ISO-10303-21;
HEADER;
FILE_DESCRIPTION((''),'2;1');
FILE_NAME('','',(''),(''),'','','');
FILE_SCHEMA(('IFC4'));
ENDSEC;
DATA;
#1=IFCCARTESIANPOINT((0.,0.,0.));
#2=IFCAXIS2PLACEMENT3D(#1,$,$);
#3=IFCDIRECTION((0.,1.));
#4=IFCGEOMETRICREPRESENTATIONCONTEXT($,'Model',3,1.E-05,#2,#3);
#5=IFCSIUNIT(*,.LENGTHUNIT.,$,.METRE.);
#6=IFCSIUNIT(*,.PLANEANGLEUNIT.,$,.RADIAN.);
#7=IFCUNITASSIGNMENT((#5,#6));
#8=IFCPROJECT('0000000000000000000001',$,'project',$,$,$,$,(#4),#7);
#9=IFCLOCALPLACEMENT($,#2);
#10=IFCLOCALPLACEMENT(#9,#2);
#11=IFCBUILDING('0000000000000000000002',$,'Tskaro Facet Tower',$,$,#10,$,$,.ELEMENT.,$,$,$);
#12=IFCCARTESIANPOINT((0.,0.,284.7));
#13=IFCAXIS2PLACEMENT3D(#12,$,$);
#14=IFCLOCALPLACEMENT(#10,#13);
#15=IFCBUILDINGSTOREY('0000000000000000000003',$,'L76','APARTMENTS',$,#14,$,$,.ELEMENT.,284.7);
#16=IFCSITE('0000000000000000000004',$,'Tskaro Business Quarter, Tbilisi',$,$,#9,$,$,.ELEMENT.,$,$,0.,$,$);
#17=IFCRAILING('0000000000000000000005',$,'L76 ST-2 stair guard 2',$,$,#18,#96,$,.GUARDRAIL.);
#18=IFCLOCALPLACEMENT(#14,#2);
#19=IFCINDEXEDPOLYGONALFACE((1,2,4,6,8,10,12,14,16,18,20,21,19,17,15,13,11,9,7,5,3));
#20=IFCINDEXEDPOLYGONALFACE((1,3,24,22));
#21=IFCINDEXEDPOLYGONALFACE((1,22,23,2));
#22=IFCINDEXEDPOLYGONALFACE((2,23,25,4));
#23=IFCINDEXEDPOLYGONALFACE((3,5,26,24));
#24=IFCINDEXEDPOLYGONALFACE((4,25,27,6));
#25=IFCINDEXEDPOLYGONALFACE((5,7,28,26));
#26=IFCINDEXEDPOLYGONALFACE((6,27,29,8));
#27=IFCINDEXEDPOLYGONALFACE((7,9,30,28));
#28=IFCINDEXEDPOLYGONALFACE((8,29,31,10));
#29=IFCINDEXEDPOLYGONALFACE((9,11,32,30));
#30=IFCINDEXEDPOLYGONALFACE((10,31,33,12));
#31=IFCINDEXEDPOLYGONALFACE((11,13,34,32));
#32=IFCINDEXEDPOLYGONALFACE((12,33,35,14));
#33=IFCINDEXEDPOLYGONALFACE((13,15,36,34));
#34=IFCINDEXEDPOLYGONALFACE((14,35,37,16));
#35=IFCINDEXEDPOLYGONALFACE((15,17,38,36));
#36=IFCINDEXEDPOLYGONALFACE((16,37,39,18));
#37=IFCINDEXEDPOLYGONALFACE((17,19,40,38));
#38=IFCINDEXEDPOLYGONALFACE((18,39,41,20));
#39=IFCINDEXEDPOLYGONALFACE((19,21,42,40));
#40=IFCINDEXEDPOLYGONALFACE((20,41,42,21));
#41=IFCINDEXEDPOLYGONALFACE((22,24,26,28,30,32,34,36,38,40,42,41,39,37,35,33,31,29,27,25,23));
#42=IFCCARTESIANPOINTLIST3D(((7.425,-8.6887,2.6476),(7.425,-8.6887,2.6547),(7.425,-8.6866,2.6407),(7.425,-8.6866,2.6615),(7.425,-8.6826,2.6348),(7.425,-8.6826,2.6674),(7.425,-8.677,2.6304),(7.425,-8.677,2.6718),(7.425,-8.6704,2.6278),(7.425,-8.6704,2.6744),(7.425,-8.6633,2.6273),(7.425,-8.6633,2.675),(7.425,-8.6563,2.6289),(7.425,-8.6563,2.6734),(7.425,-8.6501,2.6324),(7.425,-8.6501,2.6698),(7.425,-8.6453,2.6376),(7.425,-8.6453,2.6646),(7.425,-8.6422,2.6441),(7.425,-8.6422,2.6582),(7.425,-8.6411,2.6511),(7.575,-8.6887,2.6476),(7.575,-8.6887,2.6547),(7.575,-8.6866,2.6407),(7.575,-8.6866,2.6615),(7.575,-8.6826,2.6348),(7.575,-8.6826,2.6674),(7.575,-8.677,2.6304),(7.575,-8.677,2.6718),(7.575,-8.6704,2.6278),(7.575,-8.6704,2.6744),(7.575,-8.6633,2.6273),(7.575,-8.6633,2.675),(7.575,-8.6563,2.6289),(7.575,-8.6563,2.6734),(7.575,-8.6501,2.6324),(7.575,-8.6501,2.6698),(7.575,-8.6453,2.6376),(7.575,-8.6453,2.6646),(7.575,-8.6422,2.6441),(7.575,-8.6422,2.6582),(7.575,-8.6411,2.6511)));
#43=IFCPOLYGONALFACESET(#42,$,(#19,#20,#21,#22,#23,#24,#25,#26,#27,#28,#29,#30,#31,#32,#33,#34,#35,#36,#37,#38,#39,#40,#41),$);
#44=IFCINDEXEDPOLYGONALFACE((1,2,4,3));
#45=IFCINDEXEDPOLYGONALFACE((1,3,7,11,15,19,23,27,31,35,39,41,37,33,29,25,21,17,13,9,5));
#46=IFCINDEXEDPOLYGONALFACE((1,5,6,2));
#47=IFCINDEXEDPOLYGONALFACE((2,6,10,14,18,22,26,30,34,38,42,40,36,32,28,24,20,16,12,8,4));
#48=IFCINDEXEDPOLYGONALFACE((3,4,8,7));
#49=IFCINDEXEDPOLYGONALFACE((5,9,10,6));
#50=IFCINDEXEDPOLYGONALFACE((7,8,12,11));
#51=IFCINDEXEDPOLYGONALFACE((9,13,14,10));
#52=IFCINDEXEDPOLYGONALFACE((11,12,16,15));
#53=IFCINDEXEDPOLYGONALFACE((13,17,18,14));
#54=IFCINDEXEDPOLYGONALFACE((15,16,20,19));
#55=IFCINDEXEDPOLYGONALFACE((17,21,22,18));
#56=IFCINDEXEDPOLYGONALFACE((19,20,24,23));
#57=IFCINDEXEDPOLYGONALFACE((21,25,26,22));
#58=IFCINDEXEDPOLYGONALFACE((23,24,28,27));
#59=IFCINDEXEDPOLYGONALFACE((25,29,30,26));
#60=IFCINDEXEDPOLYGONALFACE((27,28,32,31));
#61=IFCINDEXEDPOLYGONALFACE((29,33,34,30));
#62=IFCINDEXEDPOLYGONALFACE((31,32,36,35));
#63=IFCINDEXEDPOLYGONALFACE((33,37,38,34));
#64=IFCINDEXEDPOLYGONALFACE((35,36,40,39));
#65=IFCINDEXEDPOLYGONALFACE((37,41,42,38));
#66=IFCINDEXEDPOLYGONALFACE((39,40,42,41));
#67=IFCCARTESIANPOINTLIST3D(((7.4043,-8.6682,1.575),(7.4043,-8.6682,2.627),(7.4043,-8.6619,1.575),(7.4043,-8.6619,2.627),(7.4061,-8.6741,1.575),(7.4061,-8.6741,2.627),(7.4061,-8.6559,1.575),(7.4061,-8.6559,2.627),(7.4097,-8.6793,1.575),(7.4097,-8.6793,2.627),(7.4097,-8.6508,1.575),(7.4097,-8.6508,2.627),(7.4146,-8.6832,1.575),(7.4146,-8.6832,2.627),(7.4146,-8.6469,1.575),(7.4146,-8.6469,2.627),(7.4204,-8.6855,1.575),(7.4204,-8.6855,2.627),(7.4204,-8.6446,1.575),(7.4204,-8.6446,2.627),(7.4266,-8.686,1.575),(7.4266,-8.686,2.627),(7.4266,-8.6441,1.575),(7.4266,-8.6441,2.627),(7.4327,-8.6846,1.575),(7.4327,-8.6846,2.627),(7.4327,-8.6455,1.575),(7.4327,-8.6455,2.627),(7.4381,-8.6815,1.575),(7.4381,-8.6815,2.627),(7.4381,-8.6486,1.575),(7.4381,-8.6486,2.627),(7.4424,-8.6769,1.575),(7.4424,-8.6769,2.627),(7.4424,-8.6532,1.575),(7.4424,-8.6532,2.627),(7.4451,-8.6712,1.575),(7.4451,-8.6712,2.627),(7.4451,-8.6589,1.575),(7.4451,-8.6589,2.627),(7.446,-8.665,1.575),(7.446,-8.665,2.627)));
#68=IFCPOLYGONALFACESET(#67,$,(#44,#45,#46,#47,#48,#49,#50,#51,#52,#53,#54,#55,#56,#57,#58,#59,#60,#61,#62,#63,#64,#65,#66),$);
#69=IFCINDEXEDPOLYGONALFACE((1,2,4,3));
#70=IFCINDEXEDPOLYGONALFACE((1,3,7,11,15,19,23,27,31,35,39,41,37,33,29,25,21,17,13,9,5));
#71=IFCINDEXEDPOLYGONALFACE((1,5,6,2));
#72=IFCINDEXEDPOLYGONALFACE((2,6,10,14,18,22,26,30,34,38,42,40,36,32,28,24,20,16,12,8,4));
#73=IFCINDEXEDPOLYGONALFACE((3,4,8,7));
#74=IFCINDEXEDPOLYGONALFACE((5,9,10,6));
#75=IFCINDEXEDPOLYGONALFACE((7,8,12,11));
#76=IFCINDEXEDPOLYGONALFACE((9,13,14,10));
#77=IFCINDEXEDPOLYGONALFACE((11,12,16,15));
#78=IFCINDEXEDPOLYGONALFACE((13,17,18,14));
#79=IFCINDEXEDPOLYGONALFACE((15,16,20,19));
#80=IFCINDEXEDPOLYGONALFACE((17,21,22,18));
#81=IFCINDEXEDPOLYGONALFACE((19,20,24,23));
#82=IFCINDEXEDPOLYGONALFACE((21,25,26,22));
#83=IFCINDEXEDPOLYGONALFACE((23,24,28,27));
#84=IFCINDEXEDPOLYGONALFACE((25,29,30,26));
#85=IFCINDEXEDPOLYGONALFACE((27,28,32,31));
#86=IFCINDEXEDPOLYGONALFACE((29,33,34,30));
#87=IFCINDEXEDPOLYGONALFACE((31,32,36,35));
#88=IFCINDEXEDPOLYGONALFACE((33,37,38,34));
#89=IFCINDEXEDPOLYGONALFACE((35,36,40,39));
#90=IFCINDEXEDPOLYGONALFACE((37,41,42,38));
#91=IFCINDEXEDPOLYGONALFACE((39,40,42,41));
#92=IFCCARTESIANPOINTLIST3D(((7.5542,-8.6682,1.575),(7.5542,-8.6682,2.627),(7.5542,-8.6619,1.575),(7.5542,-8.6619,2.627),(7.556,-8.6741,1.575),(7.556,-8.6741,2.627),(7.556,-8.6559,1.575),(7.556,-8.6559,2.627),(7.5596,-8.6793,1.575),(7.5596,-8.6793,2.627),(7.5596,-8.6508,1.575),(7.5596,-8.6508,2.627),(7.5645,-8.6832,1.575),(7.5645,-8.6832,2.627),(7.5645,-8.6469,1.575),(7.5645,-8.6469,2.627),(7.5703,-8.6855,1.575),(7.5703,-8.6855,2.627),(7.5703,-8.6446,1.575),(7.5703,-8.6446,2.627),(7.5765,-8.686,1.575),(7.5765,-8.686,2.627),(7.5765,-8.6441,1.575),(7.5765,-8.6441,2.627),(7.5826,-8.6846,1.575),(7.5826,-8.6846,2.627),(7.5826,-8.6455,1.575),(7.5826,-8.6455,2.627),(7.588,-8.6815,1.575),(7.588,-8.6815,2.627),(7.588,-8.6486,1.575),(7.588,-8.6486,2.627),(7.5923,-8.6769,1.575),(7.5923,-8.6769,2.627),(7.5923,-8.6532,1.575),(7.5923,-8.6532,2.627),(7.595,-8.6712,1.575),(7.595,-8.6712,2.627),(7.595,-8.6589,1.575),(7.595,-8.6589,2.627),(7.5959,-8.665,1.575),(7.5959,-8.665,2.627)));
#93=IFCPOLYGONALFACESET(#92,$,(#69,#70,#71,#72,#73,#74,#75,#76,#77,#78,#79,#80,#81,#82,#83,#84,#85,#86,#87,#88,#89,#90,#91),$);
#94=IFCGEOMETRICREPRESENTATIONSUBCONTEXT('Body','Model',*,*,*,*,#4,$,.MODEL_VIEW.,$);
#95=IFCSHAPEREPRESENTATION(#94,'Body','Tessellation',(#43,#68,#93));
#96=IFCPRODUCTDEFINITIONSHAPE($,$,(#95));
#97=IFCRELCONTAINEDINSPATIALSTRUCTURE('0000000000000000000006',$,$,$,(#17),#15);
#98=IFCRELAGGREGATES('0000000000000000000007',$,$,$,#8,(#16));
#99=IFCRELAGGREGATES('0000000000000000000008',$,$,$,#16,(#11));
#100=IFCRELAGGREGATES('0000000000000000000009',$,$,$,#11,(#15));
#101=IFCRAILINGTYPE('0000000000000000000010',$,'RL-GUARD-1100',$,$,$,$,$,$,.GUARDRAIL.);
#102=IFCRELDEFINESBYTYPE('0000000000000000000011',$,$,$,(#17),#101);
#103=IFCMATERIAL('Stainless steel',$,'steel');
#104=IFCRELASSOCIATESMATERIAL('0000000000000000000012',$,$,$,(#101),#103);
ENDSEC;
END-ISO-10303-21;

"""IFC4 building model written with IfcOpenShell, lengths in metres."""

from ifc_helpers import new_model, si_unit, direction, frame, origin, origin_2d, place, context, subcontext, project, spatial, circle, extrude, material, type_object, element, save


model = new_model("IFC4")

# Units and contexts
model_context = context("Model", 3, precision=1e-05, world=origin(), true_north=direction((0.0, 1.0)))
body_context = subcontext(model_context, "Body", "Model", "MODEL_VIEW")
ifc_project = project(units=[si_unit("LENGTHUNIT", "METRE"), si_unit("PLANEANGLEUNIT", "RADIAN")], contexts=[model_context])

# Site, building, storey
site_placement = place(None, origin())
site = spatial("IfcSite", under=ifc_project, at=site_placement, Name="Tskaro Business Quarter, Tbilisi", CompositionType="ELEMENT", RefElevation=0.0)
building_placement = place(site_placement, origin())
building = spatial("IfcBuilding", under=site, at=building_placement, Name="Tskaro Facet Tower", CompositionType="ELEMENT")
storey_placement = place(building_placement, frame((0.0, 0.0, 284.7)))
storey = spatial("IfcBuildingStorey", under=building, at=storey_placement, Name="L76", Description="APARTMENTS", CompositionType="ELEMENT", Elevation=284.7)

# Railing
ifc_material_1 = material(Name="Stainless steel", Category="steel")
railing_type_1 = type_object("IfcRailingType", Name="RL-GUARD-1100", PredefinedType="GUARDRAIL", material=ifc_material_1)
railing_1_placement = place(storey_placement, frame((7.425, -8.665, 1.575)))
element("IfcRailing", 1, at=railing_1_placement, inside=storey, type_object=railing_type_1, Name="L76 ST-2 stair guard 2", PredefinedType="GUARDRAIL", context=body_context, shape_type="SweptSolid", body=[
    extrude(circle(Radius=0.0239, at=origin_2d()), frame((0.0, 0.0, 1.0762), z_axis=(1.0, 0.0, 0.0), x_axis=(0.0, 1.0, 0.0)), (0.0, 0.0, 1.0), 0.1499),
    extrude(circle(Radius=0.021, at=origin_2d()), origin(), (0.0, 0.0, 1.0), 1.052),
    extrude(circle(Radius=0.021, at=origin_2d()), frame((0.1499, 0.0, 0.0)), (0.0, 0.0, 1.0), 1.052),
])

save(model, "model.ifc")
